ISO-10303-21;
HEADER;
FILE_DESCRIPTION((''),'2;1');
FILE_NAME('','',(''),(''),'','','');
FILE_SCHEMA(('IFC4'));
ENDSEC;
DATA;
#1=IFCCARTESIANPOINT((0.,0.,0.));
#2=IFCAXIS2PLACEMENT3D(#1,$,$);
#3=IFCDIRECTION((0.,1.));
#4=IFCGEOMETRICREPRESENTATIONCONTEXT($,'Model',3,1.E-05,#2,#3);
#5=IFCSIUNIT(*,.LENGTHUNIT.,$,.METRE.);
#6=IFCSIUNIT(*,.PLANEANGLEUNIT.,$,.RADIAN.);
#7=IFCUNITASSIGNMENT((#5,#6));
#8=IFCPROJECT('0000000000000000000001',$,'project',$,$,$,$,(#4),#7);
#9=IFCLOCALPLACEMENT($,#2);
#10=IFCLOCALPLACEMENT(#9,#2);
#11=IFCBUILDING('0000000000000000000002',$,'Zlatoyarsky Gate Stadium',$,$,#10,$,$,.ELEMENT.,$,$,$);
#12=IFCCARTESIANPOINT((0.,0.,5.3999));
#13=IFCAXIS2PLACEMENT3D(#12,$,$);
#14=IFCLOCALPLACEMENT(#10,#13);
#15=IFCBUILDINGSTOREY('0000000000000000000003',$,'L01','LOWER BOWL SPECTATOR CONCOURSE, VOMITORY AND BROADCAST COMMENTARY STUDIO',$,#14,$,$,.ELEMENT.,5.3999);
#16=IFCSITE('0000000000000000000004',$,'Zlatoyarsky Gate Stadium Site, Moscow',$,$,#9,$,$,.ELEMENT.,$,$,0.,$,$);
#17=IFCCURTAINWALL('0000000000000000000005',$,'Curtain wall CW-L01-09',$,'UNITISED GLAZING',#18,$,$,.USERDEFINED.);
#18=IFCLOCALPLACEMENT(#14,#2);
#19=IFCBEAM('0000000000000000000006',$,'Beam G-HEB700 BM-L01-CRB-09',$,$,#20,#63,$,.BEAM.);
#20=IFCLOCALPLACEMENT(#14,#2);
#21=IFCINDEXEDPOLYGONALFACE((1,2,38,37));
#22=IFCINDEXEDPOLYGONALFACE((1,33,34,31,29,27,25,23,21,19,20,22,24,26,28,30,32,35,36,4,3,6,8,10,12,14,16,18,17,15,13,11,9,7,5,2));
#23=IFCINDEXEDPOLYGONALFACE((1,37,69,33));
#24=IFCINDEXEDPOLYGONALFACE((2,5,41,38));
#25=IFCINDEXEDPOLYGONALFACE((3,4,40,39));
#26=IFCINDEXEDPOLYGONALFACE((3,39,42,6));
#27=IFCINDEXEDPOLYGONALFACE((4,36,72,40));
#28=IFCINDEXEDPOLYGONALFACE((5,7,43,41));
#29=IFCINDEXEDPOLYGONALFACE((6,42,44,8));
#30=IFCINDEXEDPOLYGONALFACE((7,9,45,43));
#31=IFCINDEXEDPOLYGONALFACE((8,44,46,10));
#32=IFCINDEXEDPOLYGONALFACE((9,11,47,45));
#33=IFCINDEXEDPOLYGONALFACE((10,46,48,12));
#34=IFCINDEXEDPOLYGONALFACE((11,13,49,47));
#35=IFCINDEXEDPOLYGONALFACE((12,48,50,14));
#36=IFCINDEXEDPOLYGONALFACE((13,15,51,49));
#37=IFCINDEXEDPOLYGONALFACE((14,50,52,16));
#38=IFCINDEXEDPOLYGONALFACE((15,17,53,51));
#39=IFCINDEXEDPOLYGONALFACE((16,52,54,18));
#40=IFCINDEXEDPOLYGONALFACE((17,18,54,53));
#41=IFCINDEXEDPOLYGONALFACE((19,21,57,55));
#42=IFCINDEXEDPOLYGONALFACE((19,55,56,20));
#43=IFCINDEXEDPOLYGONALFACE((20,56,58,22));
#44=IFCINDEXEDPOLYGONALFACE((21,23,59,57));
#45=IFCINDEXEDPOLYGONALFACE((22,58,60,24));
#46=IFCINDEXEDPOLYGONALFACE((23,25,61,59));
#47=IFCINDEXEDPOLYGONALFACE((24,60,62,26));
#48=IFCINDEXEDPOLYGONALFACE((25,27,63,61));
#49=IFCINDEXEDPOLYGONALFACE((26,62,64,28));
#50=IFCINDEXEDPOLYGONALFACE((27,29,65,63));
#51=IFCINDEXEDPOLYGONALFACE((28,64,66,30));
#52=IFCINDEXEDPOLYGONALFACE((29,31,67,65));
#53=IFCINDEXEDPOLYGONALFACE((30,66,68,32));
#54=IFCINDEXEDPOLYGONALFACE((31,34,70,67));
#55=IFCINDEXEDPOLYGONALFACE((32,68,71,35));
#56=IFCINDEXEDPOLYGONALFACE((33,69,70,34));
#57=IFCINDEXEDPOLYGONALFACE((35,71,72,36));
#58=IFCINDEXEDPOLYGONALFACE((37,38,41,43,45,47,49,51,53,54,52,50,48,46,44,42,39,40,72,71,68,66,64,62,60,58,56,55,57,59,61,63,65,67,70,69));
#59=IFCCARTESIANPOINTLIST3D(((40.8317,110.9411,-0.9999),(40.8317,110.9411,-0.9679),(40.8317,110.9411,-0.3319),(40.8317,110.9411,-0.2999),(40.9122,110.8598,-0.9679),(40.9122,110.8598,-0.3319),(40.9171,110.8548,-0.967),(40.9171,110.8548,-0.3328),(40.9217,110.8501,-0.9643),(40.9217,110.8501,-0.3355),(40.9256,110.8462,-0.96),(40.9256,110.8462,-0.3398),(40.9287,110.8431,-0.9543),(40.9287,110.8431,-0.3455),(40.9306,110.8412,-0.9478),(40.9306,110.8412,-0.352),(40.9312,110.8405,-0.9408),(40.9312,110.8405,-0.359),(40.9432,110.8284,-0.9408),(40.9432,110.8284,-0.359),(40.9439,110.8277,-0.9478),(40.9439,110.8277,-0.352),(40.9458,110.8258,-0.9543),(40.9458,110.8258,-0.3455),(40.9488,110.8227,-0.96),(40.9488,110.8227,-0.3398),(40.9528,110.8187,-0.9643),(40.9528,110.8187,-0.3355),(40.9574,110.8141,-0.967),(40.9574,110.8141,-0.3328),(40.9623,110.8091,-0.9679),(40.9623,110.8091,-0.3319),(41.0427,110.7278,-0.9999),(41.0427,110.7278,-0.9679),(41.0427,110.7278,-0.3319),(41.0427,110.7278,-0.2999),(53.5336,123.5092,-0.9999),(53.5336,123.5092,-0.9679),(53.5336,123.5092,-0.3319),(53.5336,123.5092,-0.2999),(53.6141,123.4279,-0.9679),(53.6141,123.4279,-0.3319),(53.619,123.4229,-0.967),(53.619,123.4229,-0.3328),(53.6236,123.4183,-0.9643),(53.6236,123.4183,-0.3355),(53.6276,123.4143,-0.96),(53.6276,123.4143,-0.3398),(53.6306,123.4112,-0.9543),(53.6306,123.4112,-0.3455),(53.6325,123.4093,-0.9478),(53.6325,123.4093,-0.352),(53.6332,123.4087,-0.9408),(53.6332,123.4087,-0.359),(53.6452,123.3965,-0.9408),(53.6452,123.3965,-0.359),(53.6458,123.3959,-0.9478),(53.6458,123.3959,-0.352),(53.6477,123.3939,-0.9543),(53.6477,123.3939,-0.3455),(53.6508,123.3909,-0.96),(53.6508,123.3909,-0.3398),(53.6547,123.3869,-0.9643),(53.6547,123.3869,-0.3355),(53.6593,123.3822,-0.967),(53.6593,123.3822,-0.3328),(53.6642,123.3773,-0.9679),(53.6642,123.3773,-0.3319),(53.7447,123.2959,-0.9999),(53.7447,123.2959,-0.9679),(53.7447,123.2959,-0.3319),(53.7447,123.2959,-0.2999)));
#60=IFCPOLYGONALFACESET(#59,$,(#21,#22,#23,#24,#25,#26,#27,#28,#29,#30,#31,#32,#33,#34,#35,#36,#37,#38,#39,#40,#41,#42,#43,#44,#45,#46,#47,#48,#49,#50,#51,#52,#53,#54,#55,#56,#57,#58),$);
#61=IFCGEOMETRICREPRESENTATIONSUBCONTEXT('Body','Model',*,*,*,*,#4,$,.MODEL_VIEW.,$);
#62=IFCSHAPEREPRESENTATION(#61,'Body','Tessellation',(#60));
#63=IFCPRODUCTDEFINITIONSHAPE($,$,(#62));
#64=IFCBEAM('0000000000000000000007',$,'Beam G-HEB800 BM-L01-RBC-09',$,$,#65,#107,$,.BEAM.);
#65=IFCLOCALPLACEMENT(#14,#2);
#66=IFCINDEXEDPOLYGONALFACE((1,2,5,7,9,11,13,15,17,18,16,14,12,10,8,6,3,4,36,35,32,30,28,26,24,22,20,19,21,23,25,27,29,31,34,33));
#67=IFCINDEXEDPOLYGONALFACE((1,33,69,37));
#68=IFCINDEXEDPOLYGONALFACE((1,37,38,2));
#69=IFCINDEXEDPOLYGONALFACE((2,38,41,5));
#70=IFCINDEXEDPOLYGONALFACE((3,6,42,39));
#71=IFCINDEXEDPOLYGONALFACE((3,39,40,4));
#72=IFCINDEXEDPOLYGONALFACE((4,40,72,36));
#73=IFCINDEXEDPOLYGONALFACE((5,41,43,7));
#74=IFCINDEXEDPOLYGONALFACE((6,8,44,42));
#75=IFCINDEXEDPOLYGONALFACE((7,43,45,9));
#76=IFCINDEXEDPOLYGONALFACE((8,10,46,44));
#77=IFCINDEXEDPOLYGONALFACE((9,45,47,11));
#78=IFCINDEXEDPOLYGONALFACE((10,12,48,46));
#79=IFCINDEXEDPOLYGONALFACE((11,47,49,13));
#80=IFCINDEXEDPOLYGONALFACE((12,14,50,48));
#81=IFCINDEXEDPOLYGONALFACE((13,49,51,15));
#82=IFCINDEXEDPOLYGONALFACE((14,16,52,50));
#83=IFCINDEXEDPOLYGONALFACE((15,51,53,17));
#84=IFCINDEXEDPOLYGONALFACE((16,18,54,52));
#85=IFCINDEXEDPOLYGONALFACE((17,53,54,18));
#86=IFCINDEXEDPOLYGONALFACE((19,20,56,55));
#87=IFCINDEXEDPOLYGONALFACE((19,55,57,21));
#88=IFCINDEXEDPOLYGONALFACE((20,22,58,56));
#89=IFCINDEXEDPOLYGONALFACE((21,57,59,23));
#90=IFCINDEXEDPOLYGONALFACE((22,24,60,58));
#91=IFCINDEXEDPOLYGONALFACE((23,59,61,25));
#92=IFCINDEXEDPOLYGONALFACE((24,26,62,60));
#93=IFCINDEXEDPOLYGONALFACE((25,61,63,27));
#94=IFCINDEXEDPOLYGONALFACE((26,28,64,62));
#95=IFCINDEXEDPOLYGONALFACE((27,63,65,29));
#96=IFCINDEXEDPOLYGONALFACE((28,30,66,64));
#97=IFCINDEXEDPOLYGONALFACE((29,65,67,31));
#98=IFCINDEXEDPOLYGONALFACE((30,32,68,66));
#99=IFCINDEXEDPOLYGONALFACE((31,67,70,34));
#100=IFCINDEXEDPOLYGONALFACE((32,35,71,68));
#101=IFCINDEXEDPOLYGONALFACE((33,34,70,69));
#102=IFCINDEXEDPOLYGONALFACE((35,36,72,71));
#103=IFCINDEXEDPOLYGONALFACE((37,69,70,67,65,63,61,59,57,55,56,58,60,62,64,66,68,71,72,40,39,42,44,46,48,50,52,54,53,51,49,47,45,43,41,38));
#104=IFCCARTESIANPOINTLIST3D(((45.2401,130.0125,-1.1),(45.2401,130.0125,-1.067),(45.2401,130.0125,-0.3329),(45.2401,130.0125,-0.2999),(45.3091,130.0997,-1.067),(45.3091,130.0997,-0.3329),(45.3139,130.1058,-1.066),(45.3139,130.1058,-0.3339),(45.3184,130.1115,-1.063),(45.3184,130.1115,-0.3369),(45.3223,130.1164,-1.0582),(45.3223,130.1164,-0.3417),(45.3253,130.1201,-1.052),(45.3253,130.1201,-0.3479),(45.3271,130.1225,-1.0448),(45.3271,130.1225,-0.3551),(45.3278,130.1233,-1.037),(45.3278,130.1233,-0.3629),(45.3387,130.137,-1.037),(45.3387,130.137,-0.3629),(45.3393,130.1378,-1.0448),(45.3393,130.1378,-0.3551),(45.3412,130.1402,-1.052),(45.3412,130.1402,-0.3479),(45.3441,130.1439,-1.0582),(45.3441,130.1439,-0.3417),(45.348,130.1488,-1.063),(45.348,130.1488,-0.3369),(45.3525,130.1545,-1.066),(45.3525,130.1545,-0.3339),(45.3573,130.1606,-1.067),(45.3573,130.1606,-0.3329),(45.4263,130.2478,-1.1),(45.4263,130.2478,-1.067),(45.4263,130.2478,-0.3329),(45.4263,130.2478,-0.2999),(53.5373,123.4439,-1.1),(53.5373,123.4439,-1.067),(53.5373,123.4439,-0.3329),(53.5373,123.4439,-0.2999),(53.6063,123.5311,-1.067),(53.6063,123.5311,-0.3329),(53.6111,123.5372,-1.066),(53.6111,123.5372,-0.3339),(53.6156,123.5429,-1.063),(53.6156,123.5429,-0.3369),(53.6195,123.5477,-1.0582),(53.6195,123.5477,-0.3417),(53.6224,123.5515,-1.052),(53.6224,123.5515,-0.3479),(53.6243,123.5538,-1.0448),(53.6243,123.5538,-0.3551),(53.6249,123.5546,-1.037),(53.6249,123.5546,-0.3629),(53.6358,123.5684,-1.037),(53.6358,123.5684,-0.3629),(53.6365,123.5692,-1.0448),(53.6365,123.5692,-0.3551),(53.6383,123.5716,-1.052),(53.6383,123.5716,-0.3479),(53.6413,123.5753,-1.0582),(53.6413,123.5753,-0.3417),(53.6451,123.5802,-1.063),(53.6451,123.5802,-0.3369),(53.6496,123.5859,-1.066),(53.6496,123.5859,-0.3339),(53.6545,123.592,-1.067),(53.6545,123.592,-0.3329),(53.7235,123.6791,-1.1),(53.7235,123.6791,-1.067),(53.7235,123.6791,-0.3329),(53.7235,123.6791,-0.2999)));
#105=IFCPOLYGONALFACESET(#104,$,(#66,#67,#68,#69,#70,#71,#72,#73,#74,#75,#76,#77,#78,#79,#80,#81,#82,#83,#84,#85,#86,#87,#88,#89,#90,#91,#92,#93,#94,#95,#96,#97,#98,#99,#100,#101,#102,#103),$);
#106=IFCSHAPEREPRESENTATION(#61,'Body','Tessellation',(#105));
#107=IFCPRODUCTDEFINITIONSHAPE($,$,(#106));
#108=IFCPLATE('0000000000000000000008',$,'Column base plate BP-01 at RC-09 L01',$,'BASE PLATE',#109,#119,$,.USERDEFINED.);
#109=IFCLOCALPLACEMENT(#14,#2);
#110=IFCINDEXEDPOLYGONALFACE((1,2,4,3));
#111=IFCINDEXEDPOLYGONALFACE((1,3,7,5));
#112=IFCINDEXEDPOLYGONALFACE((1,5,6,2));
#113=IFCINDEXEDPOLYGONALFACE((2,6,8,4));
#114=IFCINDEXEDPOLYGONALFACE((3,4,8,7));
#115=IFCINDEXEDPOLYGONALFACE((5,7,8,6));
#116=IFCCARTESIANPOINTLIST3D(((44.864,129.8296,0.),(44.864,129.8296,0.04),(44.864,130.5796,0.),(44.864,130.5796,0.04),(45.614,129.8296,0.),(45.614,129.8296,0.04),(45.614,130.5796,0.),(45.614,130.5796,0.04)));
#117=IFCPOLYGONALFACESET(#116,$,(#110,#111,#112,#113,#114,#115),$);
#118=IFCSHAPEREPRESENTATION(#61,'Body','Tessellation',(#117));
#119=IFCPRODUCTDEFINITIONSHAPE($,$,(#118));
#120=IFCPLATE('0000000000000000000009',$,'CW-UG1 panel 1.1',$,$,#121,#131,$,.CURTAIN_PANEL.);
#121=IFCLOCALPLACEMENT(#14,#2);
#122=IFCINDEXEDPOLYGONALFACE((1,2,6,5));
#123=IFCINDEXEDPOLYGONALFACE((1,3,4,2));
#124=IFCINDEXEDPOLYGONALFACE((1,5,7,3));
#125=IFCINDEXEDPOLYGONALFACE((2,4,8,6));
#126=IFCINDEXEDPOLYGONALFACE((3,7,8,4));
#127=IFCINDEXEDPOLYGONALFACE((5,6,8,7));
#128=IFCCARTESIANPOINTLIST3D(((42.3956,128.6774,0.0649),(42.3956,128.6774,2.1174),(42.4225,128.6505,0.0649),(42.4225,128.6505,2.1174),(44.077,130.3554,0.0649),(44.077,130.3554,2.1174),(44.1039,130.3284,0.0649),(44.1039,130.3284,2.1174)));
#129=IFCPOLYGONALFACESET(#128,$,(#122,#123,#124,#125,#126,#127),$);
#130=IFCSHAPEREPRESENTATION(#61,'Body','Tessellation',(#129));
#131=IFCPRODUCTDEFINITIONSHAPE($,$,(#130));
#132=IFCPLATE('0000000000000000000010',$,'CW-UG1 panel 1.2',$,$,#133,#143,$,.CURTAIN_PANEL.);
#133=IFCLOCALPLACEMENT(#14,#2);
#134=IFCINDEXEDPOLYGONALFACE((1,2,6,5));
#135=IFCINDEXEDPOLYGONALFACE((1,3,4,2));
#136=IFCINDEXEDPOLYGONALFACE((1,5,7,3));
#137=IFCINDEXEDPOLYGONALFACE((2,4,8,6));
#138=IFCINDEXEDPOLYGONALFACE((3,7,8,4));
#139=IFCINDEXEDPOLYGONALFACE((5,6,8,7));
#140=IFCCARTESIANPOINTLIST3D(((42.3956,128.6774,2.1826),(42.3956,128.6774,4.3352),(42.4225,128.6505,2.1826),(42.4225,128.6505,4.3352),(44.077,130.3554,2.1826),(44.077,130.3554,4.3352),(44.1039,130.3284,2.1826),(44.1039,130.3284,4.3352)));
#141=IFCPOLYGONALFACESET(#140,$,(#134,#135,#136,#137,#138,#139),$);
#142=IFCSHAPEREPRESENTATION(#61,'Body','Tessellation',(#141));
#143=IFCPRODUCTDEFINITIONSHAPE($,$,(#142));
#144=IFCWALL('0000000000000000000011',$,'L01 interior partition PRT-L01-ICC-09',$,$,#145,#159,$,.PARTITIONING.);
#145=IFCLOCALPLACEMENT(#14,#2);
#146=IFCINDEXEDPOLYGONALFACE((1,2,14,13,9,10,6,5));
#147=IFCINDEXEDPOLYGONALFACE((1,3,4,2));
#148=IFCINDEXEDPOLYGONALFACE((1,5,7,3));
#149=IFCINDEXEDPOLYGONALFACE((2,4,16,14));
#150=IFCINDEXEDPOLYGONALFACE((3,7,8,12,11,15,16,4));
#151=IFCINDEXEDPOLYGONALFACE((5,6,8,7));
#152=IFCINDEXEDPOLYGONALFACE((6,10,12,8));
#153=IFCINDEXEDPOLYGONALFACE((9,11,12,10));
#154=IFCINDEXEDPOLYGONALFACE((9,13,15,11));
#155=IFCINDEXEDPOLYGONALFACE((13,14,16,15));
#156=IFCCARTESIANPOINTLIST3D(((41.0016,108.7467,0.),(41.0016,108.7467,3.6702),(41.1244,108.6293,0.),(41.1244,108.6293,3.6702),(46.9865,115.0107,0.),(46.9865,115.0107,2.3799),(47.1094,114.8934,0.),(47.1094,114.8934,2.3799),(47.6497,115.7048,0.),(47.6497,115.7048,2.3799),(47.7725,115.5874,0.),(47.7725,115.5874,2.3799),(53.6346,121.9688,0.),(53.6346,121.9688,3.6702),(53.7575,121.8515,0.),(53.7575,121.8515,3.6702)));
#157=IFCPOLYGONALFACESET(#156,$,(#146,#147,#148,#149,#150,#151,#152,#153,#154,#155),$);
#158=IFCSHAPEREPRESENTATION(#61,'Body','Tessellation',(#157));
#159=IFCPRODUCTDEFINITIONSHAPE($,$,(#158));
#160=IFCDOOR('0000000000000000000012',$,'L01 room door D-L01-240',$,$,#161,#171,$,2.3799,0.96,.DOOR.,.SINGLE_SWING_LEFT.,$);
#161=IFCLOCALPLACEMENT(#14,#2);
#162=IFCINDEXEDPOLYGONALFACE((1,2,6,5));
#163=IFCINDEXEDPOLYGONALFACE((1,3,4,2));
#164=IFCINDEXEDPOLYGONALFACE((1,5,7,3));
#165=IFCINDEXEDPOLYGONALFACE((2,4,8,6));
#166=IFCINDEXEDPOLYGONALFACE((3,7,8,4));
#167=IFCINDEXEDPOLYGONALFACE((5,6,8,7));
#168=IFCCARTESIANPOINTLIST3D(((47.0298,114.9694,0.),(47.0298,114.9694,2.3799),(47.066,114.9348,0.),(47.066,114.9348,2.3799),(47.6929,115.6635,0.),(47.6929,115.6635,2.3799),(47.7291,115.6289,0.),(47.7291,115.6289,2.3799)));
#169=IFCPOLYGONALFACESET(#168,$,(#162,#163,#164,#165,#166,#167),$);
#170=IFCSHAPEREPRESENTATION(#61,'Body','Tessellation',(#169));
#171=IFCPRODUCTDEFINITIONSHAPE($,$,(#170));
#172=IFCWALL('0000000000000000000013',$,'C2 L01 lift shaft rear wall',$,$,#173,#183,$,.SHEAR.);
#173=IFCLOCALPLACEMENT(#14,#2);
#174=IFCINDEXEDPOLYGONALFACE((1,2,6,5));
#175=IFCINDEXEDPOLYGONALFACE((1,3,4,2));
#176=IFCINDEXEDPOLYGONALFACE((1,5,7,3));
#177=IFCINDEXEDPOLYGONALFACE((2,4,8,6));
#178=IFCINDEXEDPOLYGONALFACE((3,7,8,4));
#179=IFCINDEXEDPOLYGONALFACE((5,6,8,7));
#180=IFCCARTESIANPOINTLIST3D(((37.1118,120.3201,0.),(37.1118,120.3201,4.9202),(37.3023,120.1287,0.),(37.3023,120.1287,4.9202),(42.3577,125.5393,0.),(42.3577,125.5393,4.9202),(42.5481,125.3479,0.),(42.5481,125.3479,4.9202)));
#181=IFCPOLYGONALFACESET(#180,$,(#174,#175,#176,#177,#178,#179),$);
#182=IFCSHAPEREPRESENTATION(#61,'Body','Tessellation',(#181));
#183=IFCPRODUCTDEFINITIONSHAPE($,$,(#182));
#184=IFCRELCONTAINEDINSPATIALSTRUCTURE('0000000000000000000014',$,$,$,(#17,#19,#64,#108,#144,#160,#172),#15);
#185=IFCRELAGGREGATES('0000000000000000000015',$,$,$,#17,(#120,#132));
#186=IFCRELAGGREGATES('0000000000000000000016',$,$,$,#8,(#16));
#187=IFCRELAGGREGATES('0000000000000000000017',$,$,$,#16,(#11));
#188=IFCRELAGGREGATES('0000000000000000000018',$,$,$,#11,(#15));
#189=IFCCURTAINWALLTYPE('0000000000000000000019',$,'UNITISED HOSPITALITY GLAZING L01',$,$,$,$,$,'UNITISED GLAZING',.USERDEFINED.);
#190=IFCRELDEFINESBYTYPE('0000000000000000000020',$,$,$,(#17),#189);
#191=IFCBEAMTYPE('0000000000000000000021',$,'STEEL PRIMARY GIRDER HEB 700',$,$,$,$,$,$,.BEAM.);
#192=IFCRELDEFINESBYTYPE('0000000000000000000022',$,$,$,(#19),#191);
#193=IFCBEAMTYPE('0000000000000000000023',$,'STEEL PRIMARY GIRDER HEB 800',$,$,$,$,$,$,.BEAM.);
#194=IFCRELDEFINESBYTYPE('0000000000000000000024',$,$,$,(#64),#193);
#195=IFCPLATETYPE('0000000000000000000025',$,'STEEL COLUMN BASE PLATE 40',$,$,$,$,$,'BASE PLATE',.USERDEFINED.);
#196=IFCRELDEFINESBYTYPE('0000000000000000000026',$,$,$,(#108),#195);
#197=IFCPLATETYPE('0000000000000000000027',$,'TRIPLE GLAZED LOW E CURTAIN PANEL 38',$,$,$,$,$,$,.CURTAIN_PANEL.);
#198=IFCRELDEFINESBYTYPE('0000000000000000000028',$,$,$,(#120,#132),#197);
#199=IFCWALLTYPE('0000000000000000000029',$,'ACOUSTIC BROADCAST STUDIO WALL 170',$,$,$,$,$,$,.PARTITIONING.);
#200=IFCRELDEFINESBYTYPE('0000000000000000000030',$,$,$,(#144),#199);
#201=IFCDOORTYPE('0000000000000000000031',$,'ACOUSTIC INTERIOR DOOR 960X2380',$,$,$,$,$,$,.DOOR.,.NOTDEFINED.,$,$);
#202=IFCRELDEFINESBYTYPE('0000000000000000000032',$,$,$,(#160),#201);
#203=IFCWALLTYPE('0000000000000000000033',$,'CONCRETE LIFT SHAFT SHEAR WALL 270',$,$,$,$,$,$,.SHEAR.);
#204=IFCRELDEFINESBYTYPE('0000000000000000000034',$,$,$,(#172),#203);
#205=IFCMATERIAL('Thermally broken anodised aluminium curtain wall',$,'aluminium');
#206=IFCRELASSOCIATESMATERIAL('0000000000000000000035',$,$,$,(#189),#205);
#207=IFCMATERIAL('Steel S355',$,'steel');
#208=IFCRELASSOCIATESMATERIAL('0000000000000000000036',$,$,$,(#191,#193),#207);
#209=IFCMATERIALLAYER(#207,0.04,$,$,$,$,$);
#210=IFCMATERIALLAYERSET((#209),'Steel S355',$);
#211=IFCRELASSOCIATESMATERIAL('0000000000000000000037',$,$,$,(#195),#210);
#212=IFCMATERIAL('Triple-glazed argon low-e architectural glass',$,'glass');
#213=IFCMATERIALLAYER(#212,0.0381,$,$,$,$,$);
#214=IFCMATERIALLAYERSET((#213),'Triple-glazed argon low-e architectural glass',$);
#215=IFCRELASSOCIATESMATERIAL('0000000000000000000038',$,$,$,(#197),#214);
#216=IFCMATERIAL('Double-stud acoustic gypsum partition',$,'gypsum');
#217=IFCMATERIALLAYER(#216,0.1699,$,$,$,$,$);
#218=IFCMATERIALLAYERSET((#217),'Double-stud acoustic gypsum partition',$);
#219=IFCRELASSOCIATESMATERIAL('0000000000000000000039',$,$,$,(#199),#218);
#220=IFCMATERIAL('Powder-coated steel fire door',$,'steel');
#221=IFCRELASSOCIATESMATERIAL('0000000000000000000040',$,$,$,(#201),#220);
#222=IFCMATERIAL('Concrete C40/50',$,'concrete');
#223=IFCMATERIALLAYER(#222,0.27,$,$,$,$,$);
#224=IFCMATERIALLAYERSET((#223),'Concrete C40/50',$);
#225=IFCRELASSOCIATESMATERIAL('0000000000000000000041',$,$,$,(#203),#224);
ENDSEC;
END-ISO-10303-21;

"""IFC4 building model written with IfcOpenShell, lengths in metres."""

from ifc_helpers import new_model, si_unit, direction, frame, frame_2d, origin, origin_2d, place, context, subcontext, project, spatial, rectangle, i_section, extrude, material, layer, layer_set, material_profile, profile_set, type_object, element, fill, aggregate, save


model = new_model("IFC4")

# Units and contexts
model_context = context("Model", 3, precision=1e-05, world=origin(), true_north=direction((0.0, 1.0)))
body_context = subcontext(model_context, "Body", "Model", "MODEL_VIEW")
ifc_project = project(units=[si_unit("LENGTHUNIT", "METRE"), si_unit("PLANEANGLEUNIT", "RADIAN")], contexts=[model_context])

# Site, building, storey
site_placement = place(None, origin())
site = spatial("IfcSite", under=ifc_project, at=site_placement, Name="Zlatoyarsky Gate Stadium Site, Moscow", CompositionType="ELEMENT", RefElevation=0.0)
building_placement = place(site_placement, origin())
building = spatial("IfcBuilding", under=site, at=building_placement, Name="Zlatoyarsky Gate Stadium", CompositionType="ELEMENT")
storey_placement = place(building_placement, frame((0.0, 0.0, 5.3999)))
storey = spatial("IfcBuildingStorey", under=building, at=storey_placement, Name="L01", Description="LOWER BOWL SPECTATOR CONCOURSE, VOMITORY AND BROADCAST COMMENTARY STUDIO", CompositionType="ELEMENT", Elevation=5.3999)

# Shared definitions
ifc_material_1 = material(Name="Concrete C40/50", Category="concrete")
ifc_material_2 = material(Name="Steel S355", Category="steel")

# Curtain wall
ifc_material_3 = material(Name="Thermally broken anodised aluminium curtain wall", Category="aluminium")
curtain_wall_type = type_object("IfcCurtainWallType", Name="UNITISED HOSPITALITY GLAZING L01", ElementType="UNITISED GLAZING", PredefinedType="USERDEFINED", material=ifc_material_3)
curtain_wall_placement = place(storey_placement, origin())
curtain_wall = element("IfcCurtainWall", 1, at=curtain_wall_placement, inside=storey, type_object=curtain_wall_type, Name="Curtain wall CW-L01-09", ObjectType="UNITISED GLAZING", PredefinedType="USERDEFINED")

# Beams
ifc_material_profile_1 = material_profile(ifc_material_2, i_section(OverallWidth=0.3, OverallDepth=0.7, WebThickness=0.0171, FlangeThickness=0.032, FilletRadius=0.0271, at=origin_2d()), Name="HEB 700")
ifc_profile_set_1 = profile_set([ifc_material_profile_1], Name="Steel S355")
beam_type_1 = type_object("IfcBeamType", Name="STEEL PRIMARY GIRDER HEB 700", PredefinedType="BEAM", material=ifc_profile_set_1)
beam_1_placement = place(storey_placement, frame((53.6392, 123.4026, -0.6499), z_axis=(-0.710841, -0.703353, 0.0), x_axis=(0.703353, -0.710841, 0.0)))
element("IfcBeam", 2, at=beam_1_placement, inside=storey, type_object=beam_type_1, Name="Beam G-HEB700 BM-L01-CRB-09", PredefinedType="BEAM", context=body_context, shape_type="SweptSolid", body=[
    extrude(i_section(OverallWidth=0.3, OverallDepth=0.7, WebThickness=0.0171, FlangeThickness=0.032, FilletRadius=0.0271, at=origin_2d()), origin(), (0.0, 0.0, 1.0), 17.8689),
])
ifc_material_profile_2 = material_profile(ifc_material_2, i_section(OverallWidth=0.3, OverallDepth=0.8, WebThickness=0.0176, FlangeThickness=0.033, FilletRadius=0.03, at=origin_2d()), Name="HEB 800")
ifc_profile_set_2 = profile_set([ifc_material_profile_2], Name="Steel S355")
beam_type_2 = type_object("IfcBeamType", Name="STEEL PRIMARY GIRDER HEB 800", PredefinedType="BEAM", material=ifc_profile_set_2)
beam_2_placement = place(storey_placement, frame((53.6304, 123.5615, -0.7), z_axis=(-0.784043, 0.620706, 0.0), x_axis=(-0.620706, -0.784043, 0.0)))
element("IfcBeam", 3, at=beam_2_placement, inside=storey, type_object=beam_type_2, Name="Beam G-HEB800 BM-L01-RBC-09", PredefinedType="BEAM", context=body_context, shape_type="SweptSolid", body=[
    extrude(i_section(OverallWidth=0.3, OverallDepth=0.8, WebThickness=0.0176, FlangeThickness=0.033, FilletRadius=0.03, at=origin_2d()), origin(), (0.0, 0.0, 1.0), 10.5825),
])

# Plates
ifc_layer_1 = layer(ifc_material_2, 0.04)
ifc_layer_set_1 = layer_set([ifc_layer_1], Name="Steel S355")
plate_type_1 = type_object("IfcPlateType", Name="STEEL COLUMN BASE PLATE 40", ElementType="BASE PLATE", PredefinedType="USERDEFINED", material=ifc_layer_set_1)
plate_1_placement = place(storey_placement, frame((45.239, 130.2046, 0.0), z_axis=(0.0, 0.0, 1.0), x_axis=(1.0, 0.0, 0.0)))
element("IfcPlate", 4, at=plate_1_placement, inside=storey, type_object=plate_type_1, Name="Column base plate BP-01 at RC-09 L01", ObjectType="BASE PLATE", PredefinedType="USERDEFINED", context=body_context, shape_type="SweptSolid", body=[
    extrude(rectangle(XDim=0.75, YDim=0.75, at=origin_2d()), origin(), (0.0, 0.0, 1.0), 0.04),
])
ifc_material_4 = material(Name="Triple-glazed argon low-e architectural glass", Category="glass")
ifc_layer_2 = layer(ifc_material_4, 0.0381)
ifc_layer_set_2 = layer_set([ifc_layer_2], Name="Triple-glazed argon low-e architectural glass")
plate_type_2 = type_object("IfcPlateType", Name="TRIPLE GLAZED LOW E CURTAIN PANEL 38", PredefinedType="CURTAIN_PANEL", material=ifc_layer_set_2)
plate_2_placement = place(storey_placement, frame((43.2498, 129.5029, 0.0649), z_axis=(0.0, 0.0, 1.0), x_axis=(-0.707842, -0.706371, 0.0)))
plate_2 = element("IfcPlate", 5, at=plate_2_placement, type_object=plate_type_2, Name="CW-UG1 panel 1.1", PredefinedType="CURTAIN_PANEL", context=body_context, shape_type="SweptSolid", body=[
    extrude(rectangle(XDim=2.3755, YDim=0.0381, at=origin_2d()), origin(), (0.0, 0.0, 1.0), 2.0525),
])
plate_3_placement = place(storey_placement, frame((43.2498, 129.5029, 2.1826), z_axis=(0.0, 0.0, 1.0), x_axis=(-0.707842, -0.706371, 0.0)))
plate_3 = element("IfcPlate", 6, at=plate_3_placement, type_object=plate_type_2, Name="CW-UG1 panel 1.2", PredefinedType="CURTAIN_PANEL", context=body_context, shape_type="SweptSolid", body=[
    extrude(rectangle(XDim=2.3755, YDim=0.0381, at=origin_2d()), origin(), (0.0, 0.0, 1.0), 2.1526),
])
aggregate(curtain_wall, [plate_2, plate_3])

# Wall, opening, door
ifc_material_5 = material(Name="Double-stud acoustic gypsum partition", Category="gypsum")
ifc_layer_3 = layer(ifc_material_5, 0.1699)
ifc_layer_set_3 = layer_set([ifc_layer_3], Name="Double-stud acoustic gypsum partition")
wall_type_1 = type_object("IfcWallType", Name="ACOUSTIC BROADCAST STUDIO WALL 170", PredefinedType="PARTITIONING", material=ifc_layer_set_3)
wall_1_placement = place(storey_placement, frame((53.696, 121.9102, 0.0), z_axis=(0.0, 0.0, 1.0), x_axis=(-0.690816, -0.723031, 0.0)))
wall_1 = element("IfcWall", 7, at=wall_1_placement, inside=storey, type_object=wall_type_1, Name="L01 interior partition PRT-L01-ICC-09", PredefinedType="PARTITIONING", context=body_context, shape_type="SweptSolid", body=[
    extrude(rectangle(XDim=18.2871, YDim=0.1699, at=frame_2d((9.1436, 0.0))), origin(), (0.0, 0.0, 1.0), 3.6702),
])
opening_1_placement = place(wall_1_placement, frame((8.6636, 0.0, 0.0)))
opening_1 = element("IfcOpeningElement", 8, at=opening_1_placement, cuts=wall_1, PredefinedType="OPENING", context=body_context, shape_type="SweptSolid", body=[
    extrude(rectangle(XDim=0.96, YDim=2.3799, at=frame_2d((0.48, 1.1899))), frame((0.0, 0.095, 0.0), z_axis=(0.0, -1.0, 0.0), x_axis=(1.0, 0.0, 0.0)), (0.0, 0.0, 1.0), 0.1899),
])
ifc_material_6 = material(Name="Powder-coated steel fire door", Category="steel")
door_type_1 = type_object("IfcDoorType", Name="ACOUSTIC INTERIOR DOOR 960X2380", OperationType="NOTDEFINED", PredefinedType="DOOR", material=ifc_material_6)
door_1_placement = place(opening_1_placement, origin())
door_1 = element("IfcDoor", 9, at=door_1_placement, inside=storey, type_object=door_type_1, Name="L01 room door D-L01-240", OperationType="SINGLE_SWING_LEFT", OverallHeight=2.3799, OverallWidth=0.96, PredefinedType="DOOR", context=body_context, shape_type="SweptSolid", body=[
    extrude(rectangle(XDim=0.96, YDim=2.3799, at=frame_2d((0.48, 1.1899))), frame((0.0, 0.0249, 0.0), z_axis=(0.0, -1.0, 0.0), x_axis=(1.0, 0.0, 0.0)), (0.0, 0.0, 1.0), 0.05),
])
fill(opening_1, door_1)

# Wall
ifc_layer_4 = layer(ifc_material_1, 0.27)
ifc_layer_set_4 = layer_set([ifc_layer_4], Name="Concrete C40/50")
wall_type_2 = type_object("IfcWallType", Name="CONCRETE LIFT SHAFT SHEAR WALL 270", PredefinedType="SHEAR", material=ifc_layer_set_4)
wall_2_placement = place(storey_placement, frame((42.4529, 125.4436, 0.0), z_axis=(0.0, 0.0, 1.0), x_axis=(-0.708903, -0.705306, 0.0)))
element("IfcWall", 10, at=wall_2_placement, inside=storey, type_object=wall_type_2, Name="C2 L01 lift shaft rear wall", PredefinedType="SHEAR", context=body_context, shape_type="SweptSolid", body=[
    extrude(rectangle(XDim=7.3999, YDim=0.27, at=frame_2d((3.7, 0.0))), origin(), (0.0, 0.0, 1.0), 4.9202),
])

save(model, "model.ifc")
